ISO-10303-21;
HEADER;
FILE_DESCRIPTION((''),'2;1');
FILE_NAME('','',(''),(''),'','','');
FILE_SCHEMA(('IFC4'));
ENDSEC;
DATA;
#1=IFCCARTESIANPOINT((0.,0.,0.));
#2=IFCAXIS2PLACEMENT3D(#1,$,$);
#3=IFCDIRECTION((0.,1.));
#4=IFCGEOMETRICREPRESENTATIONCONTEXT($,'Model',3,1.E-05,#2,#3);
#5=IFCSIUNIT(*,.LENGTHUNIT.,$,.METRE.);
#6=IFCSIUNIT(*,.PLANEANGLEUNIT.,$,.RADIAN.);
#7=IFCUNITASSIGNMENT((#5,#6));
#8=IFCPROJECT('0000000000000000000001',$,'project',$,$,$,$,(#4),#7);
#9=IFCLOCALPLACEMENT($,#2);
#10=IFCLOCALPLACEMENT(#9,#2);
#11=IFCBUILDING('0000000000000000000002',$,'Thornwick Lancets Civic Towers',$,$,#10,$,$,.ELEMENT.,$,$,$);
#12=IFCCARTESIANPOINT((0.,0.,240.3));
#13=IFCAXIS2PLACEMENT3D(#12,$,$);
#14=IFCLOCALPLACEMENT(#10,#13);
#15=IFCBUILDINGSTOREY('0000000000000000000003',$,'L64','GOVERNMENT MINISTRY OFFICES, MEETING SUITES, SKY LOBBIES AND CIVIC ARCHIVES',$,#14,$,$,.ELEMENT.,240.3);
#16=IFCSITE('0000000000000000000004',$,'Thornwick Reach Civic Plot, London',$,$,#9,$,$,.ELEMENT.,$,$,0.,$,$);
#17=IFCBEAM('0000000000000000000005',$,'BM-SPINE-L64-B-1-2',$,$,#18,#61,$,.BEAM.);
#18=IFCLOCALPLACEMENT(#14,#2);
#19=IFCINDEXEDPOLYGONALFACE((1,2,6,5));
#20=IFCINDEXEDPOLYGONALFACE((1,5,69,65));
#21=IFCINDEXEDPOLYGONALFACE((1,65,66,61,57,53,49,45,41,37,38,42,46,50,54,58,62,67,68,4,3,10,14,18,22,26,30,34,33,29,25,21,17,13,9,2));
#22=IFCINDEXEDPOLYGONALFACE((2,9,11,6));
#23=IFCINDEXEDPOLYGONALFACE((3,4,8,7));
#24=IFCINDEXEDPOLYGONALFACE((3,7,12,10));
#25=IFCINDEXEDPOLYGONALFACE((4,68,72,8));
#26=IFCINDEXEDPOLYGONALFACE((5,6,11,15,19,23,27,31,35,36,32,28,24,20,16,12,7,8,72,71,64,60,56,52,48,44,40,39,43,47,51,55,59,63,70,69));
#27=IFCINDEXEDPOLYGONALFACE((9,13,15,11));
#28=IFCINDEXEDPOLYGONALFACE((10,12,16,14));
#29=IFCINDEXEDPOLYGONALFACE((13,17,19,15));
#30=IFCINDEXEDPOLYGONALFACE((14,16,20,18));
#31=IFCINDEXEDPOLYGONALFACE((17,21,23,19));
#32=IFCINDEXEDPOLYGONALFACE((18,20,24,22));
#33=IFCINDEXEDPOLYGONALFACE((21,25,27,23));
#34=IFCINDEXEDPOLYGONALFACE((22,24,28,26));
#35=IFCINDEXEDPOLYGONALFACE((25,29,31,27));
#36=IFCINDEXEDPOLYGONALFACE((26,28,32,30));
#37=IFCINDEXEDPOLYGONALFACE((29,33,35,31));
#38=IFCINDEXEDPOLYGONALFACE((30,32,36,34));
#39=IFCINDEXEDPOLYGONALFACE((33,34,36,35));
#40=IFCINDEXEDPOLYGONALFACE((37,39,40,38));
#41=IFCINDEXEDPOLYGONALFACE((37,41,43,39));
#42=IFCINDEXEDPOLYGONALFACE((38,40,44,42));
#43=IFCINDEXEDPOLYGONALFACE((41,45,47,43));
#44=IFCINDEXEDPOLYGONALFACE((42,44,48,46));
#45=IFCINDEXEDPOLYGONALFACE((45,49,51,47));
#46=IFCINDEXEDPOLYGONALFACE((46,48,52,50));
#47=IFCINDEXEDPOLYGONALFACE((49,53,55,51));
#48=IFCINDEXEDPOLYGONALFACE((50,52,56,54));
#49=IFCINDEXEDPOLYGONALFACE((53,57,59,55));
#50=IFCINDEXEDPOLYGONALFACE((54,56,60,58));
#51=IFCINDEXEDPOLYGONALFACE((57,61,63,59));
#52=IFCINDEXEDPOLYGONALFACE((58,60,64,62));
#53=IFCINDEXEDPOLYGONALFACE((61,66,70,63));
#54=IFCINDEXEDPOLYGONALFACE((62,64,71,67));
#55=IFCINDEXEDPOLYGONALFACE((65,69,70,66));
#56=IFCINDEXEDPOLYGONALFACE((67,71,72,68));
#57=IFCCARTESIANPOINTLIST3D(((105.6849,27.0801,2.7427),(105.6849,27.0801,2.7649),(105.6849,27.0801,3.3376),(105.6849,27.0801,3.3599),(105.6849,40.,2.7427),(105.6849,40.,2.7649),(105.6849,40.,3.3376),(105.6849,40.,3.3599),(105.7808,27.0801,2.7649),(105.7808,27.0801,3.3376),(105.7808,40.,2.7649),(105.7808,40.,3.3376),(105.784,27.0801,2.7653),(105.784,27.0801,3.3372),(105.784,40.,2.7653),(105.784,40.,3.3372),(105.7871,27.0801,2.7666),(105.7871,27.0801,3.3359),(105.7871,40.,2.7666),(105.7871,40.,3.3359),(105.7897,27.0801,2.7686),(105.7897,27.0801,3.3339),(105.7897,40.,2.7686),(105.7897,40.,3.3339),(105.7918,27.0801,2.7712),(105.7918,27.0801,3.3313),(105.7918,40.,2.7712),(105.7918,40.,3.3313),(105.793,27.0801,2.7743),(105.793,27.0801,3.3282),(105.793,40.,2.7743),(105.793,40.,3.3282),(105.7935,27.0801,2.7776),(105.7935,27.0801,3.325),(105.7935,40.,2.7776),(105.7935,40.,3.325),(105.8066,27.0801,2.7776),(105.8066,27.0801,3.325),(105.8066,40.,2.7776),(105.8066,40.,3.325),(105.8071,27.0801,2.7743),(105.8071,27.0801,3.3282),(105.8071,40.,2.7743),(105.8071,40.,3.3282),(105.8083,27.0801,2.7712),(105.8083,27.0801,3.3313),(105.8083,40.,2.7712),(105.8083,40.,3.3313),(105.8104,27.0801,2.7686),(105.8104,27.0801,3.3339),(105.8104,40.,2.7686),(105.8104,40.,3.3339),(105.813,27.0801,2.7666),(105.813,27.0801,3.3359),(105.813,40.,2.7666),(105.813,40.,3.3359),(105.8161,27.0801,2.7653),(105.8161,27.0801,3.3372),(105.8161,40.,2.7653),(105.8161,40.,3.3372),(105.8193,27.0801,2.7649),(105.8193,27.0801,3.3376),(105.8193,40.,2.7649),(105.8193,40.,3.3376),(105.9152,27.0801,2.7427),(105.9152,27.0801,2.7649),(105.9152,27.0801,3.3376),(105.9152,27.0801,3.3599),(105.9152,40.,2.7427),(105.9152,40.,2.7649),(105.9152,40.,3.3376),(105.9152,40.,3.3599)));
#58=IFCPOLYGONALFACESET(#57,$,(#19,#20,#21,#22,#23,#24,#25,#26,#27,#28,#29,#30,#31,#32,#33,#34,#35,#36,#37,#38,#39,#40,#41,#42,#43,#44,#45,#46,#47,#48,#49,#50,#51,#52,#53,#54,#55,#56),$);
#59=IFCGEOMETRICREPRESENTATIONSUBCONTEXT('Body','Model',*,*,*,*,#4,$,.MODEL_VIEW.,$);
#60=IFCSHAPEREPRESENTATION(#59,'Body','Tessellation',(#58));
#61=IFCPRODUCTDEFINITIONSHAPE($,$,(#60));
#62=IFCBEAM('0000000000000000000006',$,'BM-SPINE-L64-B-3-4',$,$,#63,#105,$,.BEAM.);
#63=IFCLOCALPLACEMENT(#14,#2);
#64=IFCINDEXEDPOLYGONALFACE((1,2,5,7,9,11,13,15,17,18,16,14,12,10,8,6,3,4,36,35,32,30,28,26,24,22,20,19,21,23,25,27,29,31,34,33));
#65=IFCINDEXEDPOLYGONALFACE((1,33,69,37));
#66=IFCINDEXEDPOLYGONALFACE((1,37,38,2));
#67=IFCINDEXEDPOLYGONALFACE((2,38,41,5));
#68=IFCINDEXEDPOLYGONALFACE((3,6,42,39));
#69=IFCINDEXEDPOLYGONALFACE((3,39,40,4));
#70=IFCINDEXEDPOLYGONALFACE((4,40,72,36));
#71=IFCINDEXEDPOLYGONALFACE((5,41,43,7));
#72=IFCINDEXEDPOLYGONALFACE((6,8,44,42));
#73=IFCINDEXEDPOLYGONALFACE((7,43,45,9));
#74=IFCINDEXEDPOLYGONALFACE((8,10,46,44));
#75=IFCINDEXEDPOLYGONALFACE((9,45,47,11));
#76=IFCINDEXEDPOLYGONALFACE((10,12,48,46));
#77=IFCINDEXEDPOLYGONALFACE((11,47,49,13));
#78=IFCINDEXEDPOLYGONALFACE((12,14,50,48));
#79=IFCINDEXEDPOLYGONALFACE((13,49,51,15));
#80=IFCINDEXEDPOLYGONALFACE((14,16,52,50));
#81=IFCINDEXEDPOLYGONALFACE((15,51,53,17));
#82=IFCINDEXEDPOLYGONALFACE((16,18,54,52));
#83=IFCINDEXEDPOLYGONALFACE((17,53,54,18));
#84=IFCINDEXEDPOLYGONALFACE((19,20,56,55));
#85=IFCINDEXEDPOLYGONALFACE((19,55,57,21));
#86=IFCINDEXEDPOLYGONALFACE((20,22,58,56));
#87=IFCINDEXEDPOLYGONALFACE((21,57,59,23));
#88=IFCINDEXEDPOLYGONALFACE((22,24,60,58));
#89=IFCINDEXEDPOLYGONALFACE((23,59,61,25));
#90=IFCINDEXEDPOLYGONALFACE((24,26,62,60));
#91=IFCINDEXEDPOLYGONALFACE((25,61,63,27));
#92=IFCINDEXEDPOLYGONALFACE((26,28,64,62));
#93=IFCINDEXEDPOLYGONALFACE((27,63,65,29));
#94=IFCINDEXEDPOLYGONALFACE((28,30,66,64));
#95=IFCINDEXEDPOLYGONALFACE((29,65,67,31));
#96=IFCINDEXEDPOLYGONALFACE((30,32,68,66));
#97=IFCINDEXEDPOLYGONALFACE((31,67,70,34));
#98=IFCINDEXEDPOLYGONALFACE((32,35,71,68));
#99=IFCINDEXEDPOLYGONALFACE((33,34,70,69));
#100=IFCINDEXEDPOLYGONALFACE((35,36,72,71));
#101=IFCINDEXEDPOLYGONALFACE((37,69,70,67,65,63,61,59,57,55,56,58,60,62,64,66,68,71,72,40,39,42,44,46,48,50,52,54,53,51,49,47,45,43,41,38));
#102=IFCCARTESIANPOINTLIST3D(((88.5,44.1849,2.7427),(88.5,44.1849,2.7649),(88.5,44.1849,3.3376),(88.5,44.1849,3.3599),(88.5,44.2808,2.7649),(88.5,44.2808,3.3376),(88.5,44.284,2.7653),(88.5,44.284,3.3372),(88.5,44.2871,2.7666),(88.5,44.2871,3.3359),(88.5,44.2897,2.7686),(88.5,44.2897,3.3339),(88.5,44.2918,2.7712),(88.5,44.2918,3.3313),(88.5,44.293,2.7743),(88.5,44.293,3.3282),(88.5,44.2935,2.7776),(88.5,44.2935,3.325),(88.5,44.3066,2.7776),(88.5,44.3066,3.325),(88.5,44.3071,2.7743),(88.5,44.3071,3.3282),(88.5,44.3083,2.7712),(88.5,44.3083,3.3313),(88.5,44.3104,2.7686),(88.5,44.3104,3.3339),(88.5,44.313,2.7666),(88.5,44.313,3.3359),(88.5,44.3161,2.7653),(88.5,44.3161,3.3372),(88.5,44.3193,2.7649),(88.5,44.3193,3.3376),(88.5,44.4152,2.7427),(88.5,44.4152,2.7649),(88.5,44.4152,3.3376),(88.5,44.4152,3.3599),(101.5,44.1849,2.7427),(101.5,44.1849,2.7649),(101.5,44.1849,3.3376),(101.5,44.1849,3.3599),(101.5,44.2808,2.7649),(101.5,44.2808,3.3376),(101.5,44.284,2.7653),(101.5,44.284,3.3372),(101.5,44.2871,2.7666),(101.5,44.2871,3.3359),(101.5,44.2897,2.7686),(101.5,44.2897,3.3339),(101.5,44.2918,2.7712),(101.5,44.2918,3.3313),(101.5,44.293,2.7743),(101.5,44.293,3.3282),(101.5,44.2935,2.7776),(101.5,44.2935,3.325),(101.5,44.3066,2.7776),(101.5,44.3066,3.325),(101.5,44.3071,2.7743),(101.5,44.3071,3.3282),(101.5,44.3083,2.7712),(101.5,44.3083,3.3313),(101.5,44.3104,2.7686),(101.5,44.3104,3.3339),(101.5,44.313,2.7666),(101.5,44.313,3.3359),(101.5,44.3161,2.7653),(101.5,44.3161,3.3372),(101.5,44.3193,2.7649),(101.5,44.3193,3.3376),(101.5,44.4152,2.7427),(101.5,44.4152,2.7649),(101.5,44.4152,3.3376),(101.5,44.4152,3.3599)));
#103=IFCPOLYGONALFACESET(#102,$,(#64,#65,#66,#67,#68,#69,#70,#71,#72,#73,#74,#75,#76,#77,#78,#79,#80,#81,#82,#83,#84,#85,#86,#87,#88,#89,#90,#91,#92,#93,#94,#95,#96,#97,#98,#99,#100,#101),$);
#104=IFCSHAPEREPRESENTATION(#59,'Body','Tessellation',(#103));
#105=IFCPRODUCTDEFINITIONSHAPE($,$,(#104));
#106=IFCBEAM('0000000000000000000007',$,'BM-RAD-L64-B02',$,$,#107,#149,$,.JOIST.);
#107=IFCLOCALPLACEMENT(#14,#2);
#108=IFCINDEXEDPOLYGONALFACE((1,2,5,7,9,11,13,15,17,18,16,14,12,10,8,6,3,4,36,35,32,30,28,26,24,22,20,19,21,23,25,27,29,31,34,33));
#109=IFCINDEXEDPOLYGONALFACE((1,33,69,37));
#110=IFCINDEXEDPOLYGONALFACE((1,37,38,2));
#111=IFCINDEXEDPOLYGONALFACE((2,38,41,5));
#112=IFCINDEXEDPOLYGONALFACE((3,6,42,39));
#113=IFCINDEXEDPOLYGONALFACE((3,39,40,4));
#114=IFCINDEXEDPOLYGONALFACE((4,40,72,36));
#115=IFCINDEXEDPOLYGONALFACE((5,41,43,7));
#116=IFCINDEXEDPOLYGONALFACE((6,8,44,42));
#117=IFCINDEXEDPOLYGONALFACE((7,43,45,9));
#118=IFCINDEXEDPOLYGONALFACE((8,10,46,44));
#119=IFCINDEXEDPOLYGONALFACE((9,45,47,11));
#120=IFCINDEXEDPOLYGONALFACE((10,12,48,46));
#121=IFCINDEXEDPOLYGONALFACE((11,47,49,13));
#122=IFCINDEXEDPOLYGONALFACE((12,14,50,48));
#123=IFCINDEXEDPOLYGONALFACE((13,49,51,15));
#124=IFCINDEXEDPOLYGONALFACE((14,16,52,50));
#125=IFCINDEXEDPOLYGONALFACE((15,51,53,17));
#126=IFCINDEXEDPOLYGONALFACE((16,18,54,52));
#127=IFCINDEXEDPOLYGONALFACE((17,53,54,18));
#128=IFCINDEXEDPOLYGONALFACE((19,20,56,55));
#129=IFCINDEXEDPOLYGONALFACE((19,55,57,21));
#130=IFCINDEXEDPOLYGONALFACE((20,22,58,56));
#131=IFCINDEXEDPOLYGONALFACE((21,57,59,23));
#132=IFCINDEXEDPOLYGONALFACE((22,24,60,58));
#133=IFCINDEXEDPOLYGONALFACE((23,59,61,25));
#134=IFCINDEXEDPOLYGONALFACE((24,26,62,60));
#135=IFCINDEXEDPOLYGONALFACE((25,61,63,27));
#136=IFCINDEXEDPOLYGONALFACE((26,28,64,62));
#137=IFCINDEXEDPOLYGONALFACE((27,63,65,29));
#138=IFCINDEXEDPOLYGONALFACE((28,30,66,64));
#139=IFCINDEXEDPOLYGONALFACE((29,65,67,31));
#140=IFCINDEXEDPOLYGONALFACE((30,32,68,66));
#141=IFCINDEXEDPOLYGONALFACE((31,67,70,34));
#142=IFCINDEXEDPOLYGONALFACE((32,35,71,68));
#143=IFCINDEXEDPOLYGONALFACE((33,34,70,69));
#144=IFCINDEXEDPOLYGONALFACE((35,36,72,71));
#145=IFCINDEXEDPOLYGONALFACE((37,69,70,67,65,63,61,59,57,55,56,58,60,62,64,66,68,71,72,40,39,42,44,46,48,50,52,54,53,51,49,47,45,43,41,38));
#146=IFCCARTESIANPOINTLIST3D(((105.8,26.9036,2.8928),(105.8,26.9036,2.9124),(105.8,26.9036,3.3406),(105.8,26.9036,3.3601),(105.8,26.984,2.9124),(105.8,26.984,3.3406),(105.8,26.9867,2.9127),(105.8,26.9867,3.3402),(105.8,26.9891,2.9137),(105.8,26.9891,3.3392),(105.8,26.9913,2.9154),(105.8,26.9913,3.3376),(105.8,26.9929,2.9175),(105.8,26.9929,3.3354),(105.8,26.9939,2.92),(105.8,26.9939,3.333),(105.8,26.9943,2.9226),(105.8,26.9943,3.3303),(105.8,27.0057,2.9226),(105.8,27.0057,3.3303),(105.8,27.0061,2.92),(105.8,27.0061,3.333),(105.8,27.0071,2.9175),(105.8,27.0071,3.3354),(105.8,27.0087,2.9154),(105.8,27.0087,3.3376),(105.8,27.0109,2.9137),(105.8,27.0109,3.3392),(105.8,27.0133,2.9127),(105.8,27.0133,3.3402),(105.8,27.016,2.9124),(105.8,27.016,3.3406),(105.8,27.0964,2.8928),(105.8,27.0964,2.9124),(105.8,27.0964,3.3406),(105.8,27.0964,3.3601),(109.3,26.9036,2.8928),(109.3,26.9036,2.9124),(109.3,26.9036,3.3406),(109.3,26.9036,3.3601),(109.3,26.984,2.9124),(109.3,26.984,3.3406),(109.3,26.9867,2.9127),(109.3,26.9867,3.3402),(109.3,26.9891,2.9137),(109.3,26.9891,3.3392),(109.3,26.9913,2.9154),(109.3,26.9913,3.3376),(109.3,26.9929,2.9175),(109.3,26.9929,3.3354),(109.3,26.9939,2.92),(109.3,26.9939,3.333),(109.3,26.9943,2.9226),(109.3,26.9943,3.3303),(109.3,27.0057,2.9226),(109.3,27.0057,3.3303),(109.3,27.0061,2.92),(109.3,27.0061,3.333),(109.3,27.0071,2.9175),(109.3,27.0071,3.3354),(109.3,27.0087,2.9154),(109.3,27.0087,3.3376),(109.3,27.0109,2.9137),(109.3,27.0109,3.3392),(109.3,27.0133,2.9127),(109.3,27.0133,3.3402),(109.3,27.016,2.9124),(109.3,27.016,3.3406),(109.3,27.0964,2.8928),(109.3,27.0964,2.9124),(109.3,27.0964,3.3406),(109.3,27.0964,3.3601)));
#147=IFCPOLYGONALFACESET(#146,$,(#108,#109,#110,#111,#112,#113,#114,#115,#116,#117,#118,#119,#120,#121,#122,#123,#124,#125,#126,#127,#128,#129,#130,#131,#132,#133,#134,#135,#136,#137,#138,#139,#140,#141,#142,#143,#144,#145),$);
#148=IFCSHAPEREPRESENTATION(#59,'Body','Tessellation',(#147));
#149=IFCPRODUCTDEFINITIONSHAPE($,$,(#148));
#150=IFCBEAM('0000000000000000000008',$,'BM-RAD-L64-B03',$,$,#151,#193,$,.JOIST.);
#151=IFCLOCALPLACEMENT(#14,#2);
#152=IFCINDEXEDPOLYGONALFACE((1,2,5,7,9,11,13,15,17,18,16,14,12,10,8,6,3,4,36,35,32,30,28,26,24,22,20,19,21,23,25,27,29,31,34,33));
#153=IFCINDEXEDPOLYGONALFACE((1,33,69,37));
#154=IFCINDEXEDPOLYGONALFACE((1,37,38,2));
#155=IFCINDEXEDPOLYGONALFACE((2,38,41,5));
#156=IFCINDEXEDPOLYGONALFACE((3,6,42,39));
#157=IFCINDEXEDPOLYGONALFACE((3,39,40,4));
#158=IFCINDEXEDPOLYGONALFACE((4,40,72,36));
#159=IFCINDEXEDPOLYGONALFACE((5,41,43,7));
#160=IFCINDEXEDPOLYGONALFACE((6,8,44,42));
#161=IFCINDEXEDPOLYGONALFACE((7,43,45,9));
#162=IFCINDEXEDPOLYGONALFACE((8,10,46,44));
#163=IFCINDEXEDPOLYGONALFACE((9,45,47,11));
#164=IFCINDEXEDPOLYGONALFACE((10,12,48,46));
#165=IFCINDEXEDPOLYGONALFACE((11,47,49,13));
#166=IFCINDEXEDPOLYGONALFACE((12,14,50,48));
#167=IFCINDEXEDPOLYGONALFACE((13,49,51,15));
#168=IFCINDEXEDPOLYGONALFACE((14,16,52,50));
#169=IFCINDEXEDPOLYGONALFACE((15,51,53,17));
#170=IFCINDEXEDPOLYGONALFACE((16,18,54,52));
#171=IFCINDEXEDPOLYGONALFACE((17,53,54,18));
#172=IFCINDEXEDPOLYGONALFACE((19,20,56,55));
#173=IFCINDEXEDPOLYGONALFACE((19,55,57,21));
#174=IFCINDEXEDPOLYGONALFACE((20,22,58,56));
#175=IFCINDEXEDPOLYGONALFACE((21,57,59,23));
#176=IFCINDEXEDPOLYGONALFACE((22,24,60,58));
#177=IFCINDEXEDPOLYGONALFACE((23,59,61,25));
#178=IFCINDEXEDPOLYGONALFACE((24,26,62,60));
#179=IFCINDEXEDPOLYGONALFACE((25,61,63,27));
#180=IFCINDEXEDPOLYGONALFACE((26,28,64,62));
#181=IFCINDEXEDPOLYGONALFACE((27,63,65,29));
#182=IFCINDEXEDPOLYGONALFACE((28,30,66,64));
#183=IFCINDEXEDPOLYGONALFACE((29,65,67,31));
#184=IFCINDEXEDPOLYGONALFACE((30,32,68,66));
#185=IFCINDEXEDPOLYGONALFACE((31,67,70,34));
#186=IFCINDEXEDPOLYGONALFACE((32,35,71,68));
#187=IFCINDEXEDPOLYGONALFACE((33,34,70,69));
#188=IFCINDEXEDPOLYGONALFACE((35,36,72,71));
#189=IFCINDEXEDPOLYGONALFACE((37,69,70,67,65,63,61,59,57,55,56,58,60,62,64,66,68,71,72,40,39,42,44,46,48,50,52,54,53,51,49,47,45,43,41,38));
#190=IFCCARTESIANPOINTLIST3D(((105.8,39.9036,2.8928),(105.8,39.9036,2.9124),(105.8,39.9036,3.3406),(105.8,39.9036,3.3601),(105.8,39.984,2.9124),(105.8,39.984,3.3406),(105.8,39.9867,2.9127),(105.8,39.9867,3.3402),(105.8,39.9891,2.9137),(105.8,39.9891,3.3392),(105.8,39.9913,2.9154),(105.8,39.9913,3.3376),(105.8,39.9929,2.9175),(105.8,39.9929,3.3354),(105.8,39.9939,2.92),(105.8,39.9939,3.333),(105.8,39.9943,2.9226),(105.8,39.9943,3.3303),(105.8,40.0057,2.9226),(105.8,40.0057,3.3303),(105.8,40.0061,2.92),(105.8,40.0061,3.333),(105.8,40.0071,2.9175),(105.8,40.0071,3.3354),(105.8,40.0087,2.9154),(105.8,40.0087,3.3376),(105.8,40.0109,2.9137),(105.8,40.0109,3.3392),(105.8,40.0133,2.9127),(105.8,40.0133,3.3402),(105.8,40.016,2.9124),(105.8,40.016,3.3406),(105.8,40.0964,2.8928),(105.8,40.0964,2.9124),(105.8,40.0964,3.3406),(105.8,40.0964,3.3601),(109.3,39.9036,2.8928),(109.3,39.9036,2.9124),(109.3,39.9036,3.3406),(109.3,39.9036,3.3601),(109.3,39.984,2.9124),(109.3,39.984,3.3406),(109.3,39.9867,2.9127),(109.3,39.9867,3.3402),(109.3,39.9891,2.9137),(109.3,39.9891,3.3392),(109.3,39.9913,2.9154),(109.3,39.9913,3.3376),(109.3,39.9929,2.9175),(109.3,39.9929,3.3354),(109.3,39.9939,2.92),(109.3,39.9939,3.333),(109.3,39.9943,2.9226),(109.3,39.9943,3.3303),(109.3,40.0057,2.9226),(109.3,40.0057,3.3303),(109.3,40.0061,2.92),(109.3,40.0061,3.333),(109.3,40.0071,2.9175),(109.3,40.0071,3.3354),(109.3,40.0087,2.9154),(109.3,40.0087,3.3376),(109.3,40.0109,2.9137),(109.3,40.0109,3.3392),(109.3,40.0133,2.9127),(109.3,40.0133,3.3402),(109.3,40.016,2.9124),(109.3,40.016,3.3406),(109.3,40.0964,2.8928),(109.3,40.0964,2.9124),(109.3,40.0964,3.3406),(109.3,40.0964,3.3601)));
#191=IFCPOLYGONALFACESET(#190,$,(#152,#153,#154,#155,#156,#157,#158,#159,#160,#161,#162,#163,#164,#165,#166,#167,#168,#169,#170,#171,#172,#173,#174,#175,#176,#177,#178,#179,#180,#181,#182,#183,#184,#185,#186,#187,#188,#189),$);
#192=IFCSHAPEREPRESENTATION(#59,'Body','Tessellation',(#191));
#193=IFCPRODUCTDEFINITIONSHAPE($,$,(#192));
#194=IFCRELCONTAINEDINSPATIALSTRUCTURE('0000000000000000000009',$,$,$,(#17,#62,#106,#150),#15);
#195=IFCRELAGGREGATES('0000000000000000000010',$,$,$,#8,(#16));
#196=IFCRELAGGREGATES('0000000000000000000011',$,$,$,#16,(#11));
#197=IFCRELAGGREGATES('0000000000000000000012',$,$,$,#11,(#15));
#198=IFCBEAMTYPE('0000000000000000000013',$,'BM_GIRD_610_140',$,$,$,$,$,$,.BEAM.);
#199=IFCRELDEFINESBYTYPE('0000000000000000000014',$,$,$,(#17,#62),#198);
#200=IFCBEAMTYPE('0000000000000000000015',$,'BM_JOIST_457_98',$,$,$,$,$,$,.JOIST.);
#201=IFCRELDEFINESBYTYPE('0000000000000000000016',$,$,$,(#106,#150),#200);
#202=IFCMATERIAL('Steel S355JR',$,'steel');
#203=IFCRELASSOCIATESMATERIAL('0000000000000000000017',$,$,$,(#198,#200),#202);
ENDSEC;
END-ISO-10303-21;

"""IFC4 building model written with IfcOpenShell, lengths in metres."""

from ifc_helpers import new_model, si_unit, direction, frame, origin, origin_2d, place, context, subcontext, project, spatial, i_section, extrude, material, material_profile, profile_set, type_object, element, save


model = new_model("IFC4")

# Units and contexts
model_context = context("Model", 3, precision=1e-05, world=origin(), true_north=direction((0.0, 1.0)))
body_context = subcontext(model_context, "Body", "Model", "MODEL_VIEW")
ifc_project = project(units=[si_unit("LENGTHUNIT", "METRE"), si_unit("PLANEANGLEUNIT", "RADIAN")], contexts=[model_context])

# Site, building, storey
site_placement = place(None, origin())
site = spatial("IfcSite", under=ifc_project, at=site_placement, Name="Thornwick Reach Civic Plot, London", CompositionType="ELEMENT", RefElevation=0.0)
building_placement = place(site_placement, origin())
building = spatial("IfcBuilding", under=site, at=building_placement, Name="Thornwick Lancets Civic Towers", CompositionType="ELEMENT")
storey_placement = place(building_placement, frame((0.0, 0.0, 240.3)))
storey = spatial("IfcBuildingStorey", under=building, at=storey_placement, Name="L64", Description="GOVERNMENT MINISTRY OFFICES, MEETING SUITES, SKY LOBBIES AND CIVIC ARCHIVES", CompositionType="ELEMENT", Elevation=240.3)

# Shared definitions
ifc_material_1 = material(Name="Steel S355JR", Category="steel")

# Beams
ifc_material_profile_1 = material_profile(ifc_material_1, i_section(OverallWidth=0.2302, OverallDepth=0.6172, WebThickness=0.0132, FlangeThickness=0.0222, FilletRadius=0.0127, at=origin_2d()), Name="UKB 610x229x140")
ifc_profile_set_1 = profile_set([ifc_material_profile_1], Name="Steel S355JR")
beam_type_1 = type_object("IfcBeamType", Name="BM_GIRD_610_140", PredefinedType="BEAM", material=ifc_profile_set_1)
beam_1_placement = place(storey_placement, frame((105.8, 27.0801, 3.0513), z_axis=(0.0, 1.0, 0.0), x_axis=(-1.0, 0.0, 0.0)))
element("IfcBeam", 1, at=beam_1_placement, inside=storey, type_object=beam_type_1, Name="BM-SPINE-L64-B-1-2", PredefinedType="BEAM", context=body_context, shape_type="SweptSolid", body=[
    extrude(i_section(OverallWidth=0.2302, OverallDepth=0.6172, WebThickness=0.0132, FlangeThickness=0.0222, FilletRadius=0.0127, at=origin_2d()), origin(), (0.0, 0.0, 1.0), 12.9199),
])
beam_2_placement = place(storey_placement, frame((101.5, 44.3, 3.0513), z_axis=(-1.0, 0.0, 0.0), x_axis=(0.0, -1.0, 0.0)))
element("IfcBeam", 2, at=beam_2_placement, inside=storey, type_object=beam_type_1, Name="BM-SPINE-L64-B-3-4", PredefinedType="BEAM", context=body_context, shape_type="SweptSolid", body=[
    extrude(i_section(OverallWidth=0.2302, OverallDepth=0.6172, WebThickness=0.0132, FlangeThickness=0.0222, FilletRadius=0.0127, at=origin_2d()), origin(), (0.0, 0.0, 1.0), 13.0),
])
ifc_material_profile_2 = material_profile(ifc_material_1, i_section(OverallWidth=0.1929, OverallDepth=0.4673, WebThickness=0.0115, FlangeThickness=0.0195, FilletRadius=0.0103, at=origin_2d()), Name="UKB 457x191x98")
ifc_profile_set_2 = profile_set([ifc_material_profile_2], Name="Steel S355JR")
beam_type_2 = type_object("IfcBeamType", Name="BM_JOIST_457_98", PredefinedType="JOIST", material=ifc_profile_set_2)
for number, where, z_axis, x_axis, name in (
    (3, (105.8, 27.0, 3.1265), (1.0, 0.0, 0.0), (0.0, 1.0, 0.0), "BM-RAD-L64-B02"),
    (4, (105.8, 40.0, 3.1265), (1.0, 0.0, 0.0), (0.0, 1.0, 0.0), "BM-RAD-L64-B03"),
):
    element("IfcBeam", number, at=place(storey_placement, frame(where, z_axis=z_axis, x_axis=x_axis)), inside=storey, type_object=beam_type_2, Name=name, PredefinedType="JOIST", context=body_context, shape_type="SweptSolid", body=[
        extrude(i_section(OverallWidth=0.1929, OverallDepth=0.4673, WebThickness=0.0115, FlangeThickness=0.0195, FilletRadius=0.0103, at=origin_2d()), origin(), (0.0, 0.0, 1.0), 3.5),
    ])

save(model, "model.ifc")
